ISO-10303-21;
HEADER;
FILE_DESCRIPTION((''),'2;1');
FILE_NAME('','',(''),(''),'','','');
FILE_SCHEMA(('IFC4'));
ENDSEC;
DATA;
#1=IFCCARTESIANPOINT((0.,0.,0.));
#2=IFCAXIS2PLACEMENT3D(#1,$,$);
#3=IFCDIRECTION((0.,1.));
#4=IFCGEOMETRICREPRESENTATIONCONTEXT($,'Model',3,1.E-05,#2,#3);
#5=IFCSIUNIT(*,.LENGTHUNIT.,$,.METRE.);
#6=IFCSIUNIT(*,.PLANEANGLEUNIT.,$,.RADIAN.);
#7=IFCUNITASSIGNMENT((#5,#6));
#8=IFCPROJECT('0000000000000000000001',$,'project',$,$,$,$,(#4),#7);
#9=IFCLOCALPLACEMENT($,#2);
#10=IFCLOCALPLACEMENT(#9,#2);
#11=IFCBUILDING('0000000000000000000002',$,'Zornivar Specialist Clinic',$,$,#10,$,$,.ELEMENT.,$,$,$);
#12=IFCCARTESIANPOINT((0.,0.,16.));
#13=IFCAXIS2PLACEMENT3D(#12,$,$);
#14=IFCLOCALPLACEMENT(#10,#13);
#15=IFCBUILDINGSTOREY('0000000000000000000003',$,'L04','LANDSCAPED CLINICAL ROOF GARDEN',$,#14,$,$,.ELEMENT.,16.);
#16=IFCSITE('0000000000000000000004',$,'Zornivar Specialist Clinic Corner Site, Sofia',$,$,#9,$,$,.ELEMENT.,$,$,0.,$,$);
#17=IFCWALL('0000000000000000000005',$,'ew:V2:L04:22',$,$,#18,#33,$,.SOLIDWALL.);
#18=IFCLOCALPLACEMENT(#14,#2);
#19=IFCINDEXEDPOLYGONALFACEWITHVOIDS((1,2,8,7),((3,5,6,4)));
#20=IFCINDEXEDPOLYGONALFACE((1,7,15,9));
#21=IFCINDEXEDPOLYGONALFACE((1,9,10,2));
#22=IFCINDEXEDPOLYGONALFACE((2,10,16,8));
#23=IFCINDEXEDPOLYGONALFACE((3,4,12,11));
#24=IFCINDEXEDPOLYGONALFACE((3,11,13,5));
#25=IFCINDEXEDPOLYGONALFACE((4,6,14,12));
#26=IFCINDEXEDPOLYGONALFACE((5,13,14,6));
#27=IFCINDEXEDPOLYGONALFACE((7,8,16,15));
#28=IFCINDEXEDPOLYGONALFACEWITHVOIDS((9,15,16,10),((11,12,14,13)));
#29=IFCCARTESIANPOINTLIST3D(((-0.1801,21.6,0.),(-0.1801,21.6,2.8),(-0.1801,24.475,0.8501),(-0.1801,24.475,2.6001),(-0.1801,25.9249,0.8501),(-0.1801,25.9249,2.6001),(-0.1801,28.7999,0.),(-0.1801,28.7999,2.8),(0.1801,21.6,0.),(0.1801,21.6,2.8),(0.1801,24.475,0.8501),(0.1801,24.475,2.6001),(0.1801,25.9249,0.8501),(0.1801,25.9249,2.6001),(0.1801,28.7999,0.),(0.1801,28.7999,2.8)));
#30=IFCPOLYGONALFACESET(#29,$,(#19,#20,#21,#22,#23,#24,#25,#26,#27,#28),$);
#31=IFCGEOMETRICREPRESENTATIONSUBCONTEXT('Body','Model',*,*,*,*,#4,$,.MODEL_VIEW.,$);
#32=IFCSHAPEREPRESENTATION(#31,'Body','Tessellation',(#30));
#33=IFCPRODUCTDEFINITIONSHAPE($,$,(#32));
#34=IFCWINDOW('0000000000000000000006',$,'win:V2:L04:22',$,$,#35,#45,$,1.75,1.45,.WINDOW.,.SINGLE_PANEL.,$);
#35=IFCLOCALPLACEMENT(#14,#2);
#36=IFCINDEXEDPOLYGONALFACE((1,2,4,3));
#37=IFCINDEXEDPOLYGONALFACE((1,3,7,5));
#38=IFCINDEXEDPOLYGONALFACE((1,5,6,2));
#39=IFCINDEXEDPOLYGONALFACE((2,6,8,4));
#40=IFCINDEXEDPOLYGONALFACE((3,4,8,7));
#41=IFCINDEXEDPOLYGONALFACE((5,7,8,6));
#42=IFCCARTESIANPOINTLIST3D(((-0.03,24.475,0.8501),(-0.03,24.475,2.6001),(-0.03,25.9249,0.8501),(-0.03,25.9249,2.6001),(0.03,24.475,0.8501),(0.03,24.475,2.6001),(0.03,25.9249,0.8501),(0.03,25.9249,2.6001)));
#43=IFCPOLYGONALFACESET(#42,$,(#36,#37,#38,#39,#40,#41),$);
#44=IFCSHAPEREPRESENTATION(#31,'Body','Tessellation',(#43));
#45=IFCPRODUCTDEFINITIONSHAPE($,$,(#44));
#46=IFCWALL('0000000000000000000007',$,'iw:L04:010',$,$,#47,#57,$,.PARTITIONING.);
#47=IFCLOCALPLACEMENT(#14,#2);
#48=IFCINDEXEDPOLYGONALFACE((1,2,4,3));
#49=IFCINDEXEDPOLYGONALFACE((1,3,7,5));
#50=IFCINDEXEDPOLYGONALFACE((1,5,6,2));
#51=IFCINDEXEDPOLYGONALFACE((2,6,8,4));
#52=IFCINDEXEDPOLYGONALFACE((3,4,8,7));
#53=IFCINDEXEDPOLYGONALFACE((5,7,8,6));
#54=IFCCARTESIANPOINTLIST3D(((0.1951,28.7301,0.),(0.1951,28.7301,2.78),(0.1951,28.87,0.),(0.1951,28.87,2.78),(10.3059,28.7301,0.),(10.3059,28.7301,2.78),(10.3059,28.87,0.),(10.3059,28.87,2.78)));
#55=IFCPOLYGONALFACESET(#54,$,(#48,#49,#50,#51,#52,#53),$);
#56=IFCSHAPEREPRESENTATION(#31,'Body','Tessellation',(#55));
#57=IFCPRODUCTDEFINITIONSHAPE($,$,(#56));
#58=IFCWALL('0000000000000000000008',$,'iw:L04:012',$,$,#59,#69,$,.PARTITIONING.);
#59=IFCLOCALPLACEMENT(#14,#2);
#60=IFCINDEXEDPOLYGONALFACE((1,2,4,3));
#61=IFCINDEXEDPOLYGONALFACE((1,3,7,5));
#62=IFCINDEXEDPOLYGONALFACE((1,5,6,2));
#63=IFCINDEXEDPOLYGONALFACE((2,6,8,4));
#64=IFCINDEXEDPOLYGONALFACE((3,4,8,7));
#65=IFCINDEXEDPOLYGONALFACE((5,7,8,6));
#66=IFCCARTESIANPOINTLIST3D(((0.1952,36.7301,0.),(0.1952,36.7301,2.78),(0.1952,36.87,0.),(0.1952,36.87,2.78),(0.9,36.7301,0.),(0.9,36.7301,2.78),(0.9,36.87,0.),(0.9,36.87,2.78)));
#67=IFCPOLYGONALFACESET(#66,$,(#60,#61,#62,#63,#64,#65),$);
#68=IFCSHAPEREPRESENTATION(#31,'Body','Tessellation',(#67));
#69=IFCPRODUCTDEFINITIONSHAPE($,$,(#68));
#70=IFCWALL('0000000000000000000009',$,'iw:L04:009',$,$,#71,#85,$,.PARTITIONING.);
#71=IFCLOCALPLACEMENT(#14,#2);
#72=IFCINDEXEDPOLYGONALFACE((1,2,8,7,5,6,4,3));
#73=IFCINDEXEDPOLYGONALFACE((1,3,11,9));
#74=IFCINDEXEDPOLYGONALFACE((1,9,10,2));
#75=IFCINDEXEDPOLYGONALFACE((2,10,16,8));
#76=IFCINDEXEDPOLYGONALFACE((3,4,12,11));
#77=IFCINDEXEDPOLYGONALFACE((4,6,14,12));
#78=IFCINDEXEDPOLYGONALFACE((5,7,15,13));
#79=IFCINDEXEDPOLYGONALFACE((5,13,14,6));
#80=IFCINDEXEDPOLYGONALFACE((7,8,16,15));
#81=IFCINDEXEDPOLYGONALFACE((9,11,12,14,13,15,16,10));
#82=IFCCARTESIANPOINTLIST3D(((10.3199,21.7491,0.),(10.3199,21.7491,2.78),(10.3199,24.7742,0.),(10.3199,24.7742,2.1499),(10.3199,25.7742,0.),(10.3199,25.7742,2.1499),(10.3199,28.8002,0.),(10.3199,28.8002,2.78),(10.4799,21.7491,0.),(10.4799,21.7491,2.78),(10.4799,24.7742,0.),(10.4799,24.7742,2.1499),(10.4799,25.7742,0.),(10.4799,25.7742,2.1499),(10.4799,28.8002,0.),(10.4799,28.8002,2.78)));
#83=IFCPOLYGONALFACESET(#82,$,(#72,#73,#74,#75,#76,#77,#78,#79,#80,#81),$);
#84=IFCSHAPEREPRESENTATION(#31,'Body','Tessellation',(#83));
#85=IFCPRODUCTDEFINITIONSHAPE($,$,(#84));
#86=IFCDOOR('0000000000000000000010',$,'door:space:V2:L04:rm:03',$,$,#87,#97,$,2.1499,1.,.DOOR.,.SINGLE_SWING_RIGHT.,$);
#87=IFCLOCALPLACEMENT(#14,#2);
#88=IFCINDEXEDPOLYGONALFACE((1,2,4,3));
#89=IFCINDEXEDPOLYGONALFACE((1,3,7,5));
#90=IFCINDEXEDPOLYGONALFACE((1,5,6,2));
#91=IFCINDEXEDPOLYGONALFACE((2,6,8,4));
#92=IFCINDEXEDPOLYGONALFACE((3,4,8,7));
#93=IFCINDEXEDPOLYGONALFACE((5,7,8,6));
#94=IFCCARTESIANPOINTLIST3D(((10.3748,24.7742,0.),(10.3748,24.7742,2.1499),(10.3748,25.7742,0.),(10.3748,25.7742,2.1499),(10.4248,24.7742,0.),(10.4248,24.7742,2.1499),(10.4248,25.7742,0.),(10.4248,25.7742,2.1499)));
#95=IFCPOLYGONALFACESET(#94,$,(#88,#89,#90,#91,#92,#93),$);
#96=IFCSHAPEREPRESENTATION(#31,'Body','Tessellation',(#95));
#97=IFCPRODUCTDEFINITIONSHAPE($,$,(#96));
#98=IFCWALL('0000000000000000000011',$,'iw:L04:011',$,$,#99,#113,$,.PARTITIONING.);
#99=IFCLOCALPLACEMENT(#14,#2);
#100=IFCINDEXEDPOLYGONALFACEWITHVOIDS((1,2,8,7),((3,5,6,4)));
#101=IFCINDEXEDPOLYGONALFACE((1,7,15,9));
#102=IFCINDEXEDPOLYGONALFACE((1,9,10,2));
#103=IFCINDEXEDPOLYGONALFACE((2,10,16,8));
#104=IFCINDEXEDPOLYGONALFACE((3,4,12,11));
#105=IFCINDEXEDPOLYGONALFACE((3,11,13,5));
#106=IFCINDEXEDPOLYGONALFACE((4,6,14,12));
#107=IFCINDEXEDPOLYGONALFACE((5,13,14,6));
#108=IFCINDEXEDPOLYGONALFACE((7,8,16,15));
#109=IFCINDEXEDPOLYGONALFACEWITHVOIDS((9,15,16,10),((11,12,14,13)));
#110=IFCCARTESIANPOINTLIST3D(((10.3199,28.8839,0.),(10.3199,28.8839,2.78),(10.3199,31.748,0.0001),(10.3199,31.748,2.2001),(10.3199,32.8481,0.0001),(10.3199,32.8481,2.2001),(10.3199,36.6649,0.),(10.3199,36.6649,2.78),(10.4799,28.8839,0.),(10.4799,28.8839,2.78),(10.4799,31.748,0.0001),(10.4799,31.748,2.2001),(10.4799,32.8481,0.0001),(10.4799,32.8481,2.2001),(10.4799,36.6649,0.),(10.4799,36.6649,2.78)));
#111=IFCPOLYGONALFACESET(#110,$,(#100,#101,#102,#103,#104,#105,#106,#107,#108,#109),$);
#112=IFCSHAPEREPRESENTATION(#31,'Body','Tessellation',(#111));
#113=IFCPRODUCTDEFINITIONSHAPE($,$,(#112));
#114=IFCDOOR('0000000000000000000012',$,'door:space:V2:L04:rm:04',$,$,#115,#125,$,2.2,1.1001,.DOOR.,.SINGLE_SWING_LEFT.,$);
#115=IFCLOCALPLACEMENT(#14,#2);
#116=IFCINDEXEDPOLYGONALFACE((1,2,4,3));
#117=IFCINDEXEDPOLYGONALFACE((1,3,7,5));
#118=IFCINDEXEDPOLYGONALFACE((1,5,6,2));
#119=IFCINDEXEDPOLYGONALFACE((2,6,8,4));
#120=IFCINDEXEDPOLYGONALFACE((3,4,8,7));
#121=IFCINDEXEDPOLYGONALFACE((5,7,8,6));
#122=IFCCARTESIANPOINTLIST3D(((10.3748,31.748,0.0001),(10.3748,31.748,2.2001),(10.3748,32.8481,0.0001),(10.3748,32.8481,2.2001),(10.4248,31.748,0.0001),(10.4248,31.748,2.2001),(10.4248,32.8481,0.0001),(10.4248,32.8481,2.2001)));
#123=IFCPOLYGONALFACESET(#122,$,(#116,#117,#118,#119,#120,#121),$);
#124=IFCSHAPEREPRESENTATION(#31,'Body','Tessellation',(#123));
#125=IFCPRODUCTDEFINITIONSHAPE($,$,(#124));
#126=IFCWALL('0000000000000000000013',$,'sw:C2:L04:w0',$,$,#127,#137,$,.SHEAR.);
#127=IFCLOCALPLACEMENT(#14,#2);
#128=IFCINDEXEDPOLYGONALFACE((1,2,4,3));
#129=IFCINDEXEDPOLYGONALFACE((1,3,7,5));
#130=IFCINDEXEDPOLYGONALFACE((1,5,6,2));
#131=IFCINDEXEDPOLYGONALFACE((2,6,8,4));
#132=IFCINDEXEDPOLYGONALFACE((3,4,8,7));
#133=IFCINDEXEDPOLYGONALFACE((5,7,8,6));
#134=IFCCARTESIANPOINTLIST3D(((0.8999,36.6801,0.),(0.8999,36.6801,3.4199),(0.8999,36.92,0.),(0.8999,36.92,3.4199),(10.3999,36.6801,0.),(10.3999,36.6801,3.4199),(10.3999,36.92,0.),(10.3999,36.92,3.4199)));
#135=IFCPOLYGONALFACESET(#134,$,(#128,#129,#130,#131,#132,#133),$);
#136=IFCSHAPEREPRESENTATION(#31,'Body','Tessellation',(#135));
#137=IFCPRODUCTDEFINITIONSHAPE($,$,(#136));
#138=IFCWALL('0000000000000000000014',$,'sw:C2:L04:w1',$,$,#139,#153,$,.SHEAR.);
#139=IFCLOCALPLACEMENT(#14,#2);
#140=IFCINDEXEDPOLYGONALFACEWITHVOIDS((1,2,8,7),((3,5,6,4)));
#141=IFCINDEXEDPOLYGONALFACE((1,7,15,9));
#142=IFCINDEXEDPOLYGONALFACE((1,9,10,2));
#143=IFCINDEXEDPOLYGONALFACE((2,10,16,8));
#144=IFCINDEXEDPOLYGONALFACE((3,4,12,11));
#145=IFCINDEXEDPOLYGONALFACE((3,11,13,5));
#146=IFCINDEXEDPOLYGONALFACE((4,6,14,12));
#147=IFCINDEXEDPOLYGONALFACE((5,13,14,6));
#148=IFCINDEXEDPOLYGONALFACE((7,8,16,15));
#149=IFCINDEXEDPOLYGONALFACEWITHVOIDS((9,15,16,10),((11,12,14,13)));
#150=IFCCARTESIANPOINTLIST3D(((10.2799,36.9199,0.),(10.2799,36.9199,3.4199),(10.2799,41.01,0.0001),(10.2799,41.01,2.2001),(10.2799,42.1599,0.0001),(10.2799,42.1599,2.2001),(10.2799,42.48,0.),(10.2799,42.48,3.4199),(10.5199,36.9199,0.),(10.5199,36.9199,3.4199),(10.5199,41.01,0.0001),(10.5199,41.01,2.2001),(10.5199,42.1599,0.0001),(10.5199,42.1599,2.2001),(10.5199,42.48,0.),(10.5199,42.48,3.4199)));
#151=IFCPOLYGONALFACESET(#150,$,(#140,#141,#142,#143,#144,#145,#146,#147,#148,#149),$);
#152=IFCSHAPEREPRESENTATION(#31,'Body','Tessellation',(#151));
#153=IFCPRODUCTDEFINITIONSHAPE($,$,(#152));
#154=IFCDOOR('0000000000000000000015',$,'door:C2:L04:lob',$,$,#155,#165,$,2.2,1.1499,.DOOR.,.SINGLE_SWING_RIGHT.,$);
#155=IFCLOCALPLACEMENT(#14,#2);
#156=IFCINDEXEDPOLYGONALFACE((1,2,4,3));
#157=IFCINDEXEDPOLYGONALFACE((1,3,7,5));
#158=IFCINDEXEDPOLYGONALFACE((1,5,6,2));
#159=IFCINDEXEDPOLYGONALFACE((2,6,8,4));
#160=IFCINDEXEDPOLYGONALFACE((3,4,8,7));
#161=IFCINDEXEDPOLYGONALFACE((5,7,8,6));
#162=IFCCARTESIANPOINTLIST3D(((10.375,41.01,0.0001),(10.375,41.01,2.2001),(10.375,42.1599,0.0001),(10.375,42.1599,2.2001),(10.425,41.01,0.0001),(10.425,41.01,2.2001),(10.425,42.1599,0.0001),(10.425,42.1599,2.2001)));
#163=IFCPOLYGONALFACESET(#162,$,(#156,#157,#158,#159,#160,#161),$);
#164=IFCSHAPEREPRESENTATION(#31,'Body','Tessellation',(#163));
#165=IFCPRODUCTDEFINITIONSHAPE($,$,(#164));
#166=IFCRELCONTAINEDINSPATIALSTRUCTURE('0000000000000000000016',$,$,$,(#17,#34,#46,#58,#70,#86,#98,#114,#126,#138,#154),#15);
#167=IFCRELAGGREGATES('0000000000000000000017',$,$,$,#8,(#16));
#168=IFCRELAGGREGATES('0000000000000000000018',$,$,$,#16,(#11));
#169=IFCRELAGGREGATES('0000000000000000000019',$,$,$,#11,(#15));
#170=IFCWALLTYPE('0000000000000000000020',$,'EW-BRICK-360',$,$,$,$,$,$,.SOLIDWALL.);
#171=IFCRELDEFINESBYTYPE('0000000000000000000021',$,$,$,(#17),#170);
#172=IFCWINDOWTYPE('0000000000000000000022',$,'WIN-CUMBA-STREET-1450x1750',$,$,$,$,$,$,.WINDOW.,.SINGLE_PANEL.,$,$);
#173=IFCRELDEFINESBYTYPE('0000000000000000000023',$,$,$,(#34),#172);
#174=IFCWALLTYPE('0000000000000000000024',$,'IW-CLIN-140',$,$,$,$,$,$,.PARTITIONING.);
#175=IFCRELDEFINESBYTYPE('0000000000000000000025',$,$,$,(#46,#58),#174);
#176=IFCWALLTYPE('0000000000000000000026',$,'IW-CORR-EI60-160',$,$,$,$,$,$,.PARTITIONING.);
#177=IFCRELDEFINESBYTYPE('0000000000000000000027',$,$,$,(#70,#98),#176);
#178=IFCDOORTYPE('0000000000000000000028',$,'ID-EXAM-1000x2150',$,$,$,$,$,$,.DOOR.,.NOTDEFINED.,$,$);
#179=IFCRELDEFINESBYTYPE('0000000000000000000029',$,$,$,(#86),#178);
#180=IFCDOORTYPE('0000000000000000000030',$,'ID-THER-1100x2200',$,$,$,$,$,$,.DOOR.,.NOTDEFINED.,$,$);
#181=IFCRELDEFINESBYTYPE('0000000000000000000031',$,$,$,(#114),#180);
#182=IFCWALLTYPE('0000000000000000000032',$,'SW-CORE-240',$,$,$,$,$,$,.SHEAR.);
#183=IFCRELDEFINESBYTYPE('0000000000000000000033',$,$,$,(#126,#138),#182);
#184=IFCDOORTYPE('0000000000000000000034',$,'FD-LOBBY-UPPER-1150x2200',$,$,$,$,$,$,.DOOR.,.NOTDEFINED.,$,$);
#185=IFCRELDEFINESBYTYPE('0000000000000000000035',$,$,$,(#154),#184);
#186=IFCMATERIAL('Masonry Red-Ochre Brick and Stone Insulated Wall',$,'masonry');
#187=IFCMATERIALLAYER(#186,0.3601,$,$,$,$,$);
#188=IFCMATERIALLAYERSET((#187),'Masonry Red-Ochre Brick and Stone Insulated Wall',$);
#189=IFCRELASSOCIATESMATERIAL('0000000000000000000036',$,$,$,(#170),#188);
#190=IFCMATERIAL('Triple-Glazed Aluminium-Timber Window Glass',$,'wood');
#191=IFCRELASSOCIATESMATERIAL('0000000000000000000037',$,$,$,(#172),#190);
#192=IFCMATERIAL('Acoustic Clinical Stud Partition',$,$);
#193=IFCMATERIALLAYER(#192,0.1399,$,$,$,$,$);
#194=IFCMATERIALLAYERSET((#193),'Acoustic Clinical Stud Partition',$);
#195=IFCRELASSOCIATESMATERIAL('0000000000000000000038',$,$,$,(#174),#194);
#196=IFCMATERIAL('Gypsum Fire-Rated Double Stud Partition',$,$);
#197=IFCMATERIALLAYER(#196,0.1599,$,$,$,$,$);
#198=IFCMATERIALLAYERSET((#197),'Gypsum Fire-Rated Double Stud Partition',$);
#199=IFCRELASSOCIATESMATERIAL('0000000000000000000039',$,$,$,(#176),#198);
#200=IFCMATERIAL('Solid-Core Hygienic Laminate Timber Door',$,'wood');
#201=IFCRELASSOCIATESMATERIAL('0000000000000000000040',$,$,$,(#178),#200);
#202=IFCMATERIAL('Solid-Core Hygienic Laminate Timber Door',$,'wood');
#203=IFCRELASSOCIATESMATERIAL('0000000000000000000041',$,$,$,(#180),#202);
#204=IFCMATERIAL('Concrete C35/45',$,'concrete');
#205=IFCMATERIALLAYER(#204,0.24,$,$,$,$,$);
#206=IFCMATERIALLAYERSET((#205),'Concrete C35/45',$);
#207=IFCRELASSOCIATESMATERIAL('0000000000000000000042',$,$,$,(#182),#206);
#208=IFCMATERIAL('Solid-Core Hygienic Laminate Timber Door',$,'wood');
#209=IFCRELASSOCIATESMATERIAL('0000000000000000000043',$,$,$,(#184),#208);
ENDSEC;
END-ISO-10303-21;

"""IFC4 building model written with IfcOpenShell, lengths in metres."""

from ifc_helpers import new_model, si_unit, direction, frame, frame_2d, origin, place, context, subcontext, project, spatial, rectangle, extrude, material, layer, layer_set, type_object, element, fill, save


model = new_model("IFC4")

# Units and contexts
model_context = context("Model", 3, precision=1e-05, world=origin(), true_north=direction((0.0, 1.0)))
body_context = subcontext(model_context, "Body", "Model", "MODEL_VIEW")
ifc_project = project(units=[si_unit("LENGTHUNIT", "METRE"), si_unit("PLANEANGLEUNIT", "RADIAN")], contexts=[model_context])

# Site, building, storey
site_placement = place(None, origin())
site = spatial("IfcSite", under=ifc_project, at=site_placement, Name="Zornivar Specialist Clinic Corner Site, Sofia", CompositionType="ELEMENT", RefElevation=0.0)
building_placement = place(site_placement, origin())
building = spatial("IfcBuilding", under=site, at=building_placement, Name="Zornivar Specialist Clinic", CompositionType="ELEMENT")
storey_placement = place(building_placement, frame((0.0, 0.0, 16.0)))
storey = spatial("IfcBuildingStorey", under=building, at=storey_placement, Name="L04", Description="LANDSCAPED CLINICAL ROOF GARDEN", CompositionType="ELEMENT", Elevation=16.0)

# Wall, opening, window
ifc_material_1 = material(Name="Masonry Red-Ochre Brick and Stone Insulated Wall", Category="masonry")
ifc_layer_1 = layer(ifc_material_1, 0.3601)
ifc_layer_set_1 = layer_set([ifc_layer_1], Name="Masonry Red-Ochre Brick and Stone Insulated Wall")
wall_type_1 = type_object("IfcWallType", Name="EW-BRICK-360", PredefinedType="SOLIDWALL", material=ifc_layer_set_1)
ifc_material_2 = material(Name="Triple-Glazed Aluminium-Timber Window Glass", Category="wood")
window_type = type_object("IfcWindowType", Name="WIN-CUMBA-STREET-1450x1750", PartitioningType="SINGLE_PANEL", PredefinedType="WINDOW", material=ifc_material_2)
wall_1_placement = place(storey_placement, frame((0.0, 28.8, 0.0), z_axis=(0.0, 0.0, 1.0), x_axis=(0.0, -1.0, 0.0)))
wall_1 = element("IfcWall", 1, at=wall_1_placement, inside=storey, type_object=wall_type_1, Name="ew:V2:L04:22", PredefinedType="SOLIDWALL", context=body_context, shape_type="SweptSolid", body=[
    extrude(rectangle(XDim=7.2, YDim=0.3601, at=frame_2d((3.6001, 0.0))), origin(), (0.0, 0.0, 1.0), 2.8),
])
opening_1_placement = place(wall_1_placement, frame((2.875, 0.0, 0.8501)))
opening_1 = element("IfcOpeningElement", 2, at=opening_1_placement, cuts=wall_1, PredefinedType="OPENING", context=body_context, shape_type="SweptSolid", body=[
    extrude(rectangle(XDim=1.45, YDim=1.75, at=frame_2d((0.7251, 0.875))), frame((0.0, 0.1899, 0.0), z_axis=(0.0, -1.0, 0.0), x_axis=(1.0, 0.0, 0.0)), (0.0, 0.0, 1.0), 0.3801),
])
window_1_placement = place(opening_1_placement, origin())
window_1 = element("IfcWindow", 3, at=window_1_placement, inside=storey, type_object=window_type, Name="win:V2:L04:22", OverallHeight=1.75, OverallWidth=1.45, PartitioningType="SINGLE_PANEL", PredefinedType="WINDOW", context=body_context, shape_type="SweptSolid", body=[
    extrude(rectangle(XDim=1.45, YDim=1.75, at=frame_2d((0.7251, 0.875))), frame((0.0, 0.03, 0.0), z_axis=(0.0, -1.0, 0.0), x_axis=(1.0, 0.0, 0.0)), (0.0, 0.0, 1.0), 0.0601),
])
fill(opening_1, window_1)

# Walls
ifc_material_3 = material(Name="Acoustic Clinical Stud Partition")
ifc_layer_2 = layer(ifc_material_3, 0.1399)
ifc_layer_set_2 = layer_set([ifc_layer_2], Name="Acoustic Clinical Stud Partition")
wall_type_2 = type_object("IfcWallType", Name="IW-CLIN-140", PredefinedType="PARTITIONING", material=ifc_layer_set_2)
wall_2_placement = place(storey_placement, frame((0.1951, 28.8, 0.0), z_axis=(0.0, 0.0, 1.0), x_axis=(1.0, 0.0, 0.0)))
element("IfcWall", 4, at=wall_2_placement, inside=storey, type_object=wall_type_2, Name="iw:L04:010", PredefinedType="PARTITIONING", context=body_context, shape_type="SweptSolid", body=[
    extrude(rectangle(XDim=10.1108, YDim=0.1399, at=frame_2d((5.0554, 0.0))), origin(), (0.0, 0.0, 1.0), 2.78),
])
wall_3_placement = place(storey_placement, frame((0.1951, 36.8, 0.0), z_axis=(0.0, 0.0, 1.0), x_axis=(1.0, 0.0, 0.0)))
element("IfcWall", 5, at=wall_3_placement, inside=storey, type_object=wall_type_2, Name="iw:L04:012", PredefinedType="PARTITIONING", context=body_context, shape_type="SweptSolid", body=[
    extrude(rectangle(XDim=0.7048, YDim=0.1399, at=frame_2d((0.3525, 0.0))), origin(), (0.0, 0.0, 1.0), 2.78),
])

# Walls, openings, doors
ifc_material_4 = material(Name="Gypsum Fire-Rated Double Stud Partition")
ifc_layer_3 = layer(ifc_material_4, 0.1599)
ifc_layer_set_3 = layer_set([ifc_layer_3], Name="Gypsum Fire-Rated Double Stud Partition")
wall_type_3 = type_object("IfcWallType", Name="IW-CORR-EI60-160", PredefinedType="PARTITIONING", material=ifc_layer_set_3)
wall_4_placement = place(storey_placement, frame((10.3999, 28.8, 0.0), z_axis=(0.0, 0.0, 1.0), x_axis=(0.0, -1.0, 0.0)))
wall_4 = element("IfcWall", 6, at=wall_4_placement, inside=storey, type_object=wall_type_3, Name="iw:L04:009", PredefinedType="PARTITIONING", context=body_context, shape_type="SweptSolid", body=[
    extrude(rectangle(XDim=7.051, YDim=0.1599, at=frame_2d((3.5254, 0.0))), origin(), (0.0, 0.0, 1.0), 2.78),
])
opening_2_placement = place(wall_4_placement, frame((3.0259, 0.0, 0.0)))
opening_2 = element("IfcOpeningElement", 7, at=opening_2_placement, cuts=wall_4, PredefinedType="OPENING", context=body_context, shape_type="SweptSolid", body=[
    extrude(rectangle(XDim=1.0, YDim=2.1499, at=frame_2d((0.5, 1.075))), frame((0.0, 0.0898, 0.0), z_axis=(0.0, -1.0, 0.0), x_axis=(1.0, 0.0, 0.0)), (0.0, 0.0, 1.0), 0.1799),
])
ifc_material_5 = material(Name="Solid-Core Hygienic Laminate Timber Door", Category="wood")
door_type_1 = type_object("IfcDoorType", Name="ID-EXAM-1000x2150", OperationType="NOTDEFINED", PredefinedType="DOOR", material=ifc_material_5)
door_1_placement = place(opening_2_placement, origin())
door_1 = element("IfcDoor", 8, at=door_1_placement, inside=storey, type_object=door_type_1, Name="door:space:V2:L04:rm:03", OperationType="SINGLE_SWING_RIGHT", OverallHeight=2.1499, OverallWidth=1.0, PredefinedType="DOOR", context=body_context, shape_type="SweptSolid", body=[
    extrude(rectangle(XDim=1.0, YDim=2.1499, at=frame_2d((0.5, 1.075))), frame((0.0, 0.0249, 0.0), z_axis=(0.0, -1.0, 0.0), x_axis=(1.0, 0.0, 0.0)), (0.0, 0.0, 1.0), 0.05),
])
fill(opening_2, door_1)
wall_5_placement = place(storey_placement, frame((10.3999, 36.665, 0.0), z_axis=(0.0, 0.0, 1.0), x_axis=(0.0, -1.0, 0.0)))
wall_5 = element("IfcWall", 9, at=wall_5_placement, inside=storey, type_object=wall_type_3, Name="iw:L04:011", PredefinedType="PARTITIONING", context=body_context, shape_type="SweptSolid", body=[
    extrude(rectangle(XDim=7.781, YDim=0.1599, at=frame_2d((3.8906, 0.0))), origin(), (0.0, 0.0, 1.0), 2.78),
])
opening_3_placement = place(wall_5_placement, frame((3.8169, 0.0, 0.0)))
opening_3 = element("IfcOpeningElement", 10, at=opening_3_placement, cuts=wall_5, PredefinedType="OPENING", context=body_context, shape_type="SweptSolid", body=[
    extrude(rectangle(XDim=1.1001, YDim=2.2, at=frame_2d((0.55, 1.1001))), frame((0.0, 0.0898, 0.0), z_axis=(0.0, -1.0, 0.0), x_axis=(1.0, 0.0, 0.0)), (0.0, 0.0, 1.0), 0.1799),
])
ifc_material_6 = material(Name="Solid-Core Hygienic Laminate Timber Door", Category="wood")
door_type_2 = type_object("IfcDoorType", Name="ID-THER-1100x2200", OperationType="NOTDEFINED", PredefinedType="DOOR", material=ifc_material_6)
door_2_placement = place(opening_3_placement, origin())
door_2 = element("IfcDoor", 11, at=door_2_placement, inside=storey, type_object=door_type_2, Name="door:space:V2:L04:rm:04", OperationType="SINGLE_SWING_LEFT", OverallHeight=2.2, OverallWidth=1.1001, PredefinedType="DOOR", context=body_context, shape_type="SweptSolid", body=[
    extrude(rectangle(XDim=1.1001, YDim=2.2, at=frame_2d((0.55, 1.1001))), frame((0.0, 0.0249, 0.0), z_axis=(0.0, -1.0, 0.0), x_axis=(1.0, 0.0, 0.0)), (0.0, 0.0, 1.0), 0.05),
])
fill(opening_3, door_2)

# Wall
ifc_material_7 = material(Name="Concrete C35/45", Category="concrete")
ifc_layer_4 = layer(ifc_material_7, 0.24)
ifc_layer_set_4 = layer_set([ifc_layer_4], Name="Concrete C35/45")
wall_type_4 = type_object("IfcWallType", Name="SW-CORE-240", PredefinedType="SHEAR", material=ifc_layer_set_4)
wall_6_placement = place(storey_placement, frame((0.8999, 36.8, 0.0), z_axis=(0.0, 0.0, 1.0), x_axis=(1.0, 0.0, 0.0)))
element("IfcWall", 12, at=wall_6_placement, inside=storey, type_object=wall_type_4, Name="sw:C2:L04:w0", PredefinedType="SHEAR", context=body_context, shape_type="SweptSolid", body=[
    extrude(rectangle(XDim=9.5, YDim=0.24, at=frame_2d((4.75, 0.0))), origin(), (0.0, 0.0, 1.0), 3.4199),
])

# Wall, opening, door
wall_7_placement = place(storey_placement, frame((10.3999, 36.9199, 0.0), z_axis=(0.0, 0.0, 1.0), x_axis=(0.0, 1.0, 0.0)))
wall_7 = element("IfcWall", 13, at=wall_7_placement, inside=storey, type_object=wall_type_4, Name="sw:C2:L04:w1", PredefinedType="SHEAR", context=body_context, shape_type="SweptSolid", body=[
    extrude(rectangle(XDim=5.5601, YDim=0.24, at=frame_2d((2.78, 0.0))), origin(), (0.0, 0.0, 1.0), 3.4199),
])
opening_4_placement = place(wall_7_placement, frame((4.0901, 0.0, 0.0)))
opening_4 = element("IfcOpeningElement", 14, at=opening_4_placement, cuts=wall_7, PredefinedType="OPENING", context=body_context, shape_type="SweptSolid", body=[
    extrude(rectangle(XDim=1.1499, YDim=2.2, at=frame_2d((0.575, 1.1001))), frame((0.0, 0.1299, 0.0), z_axis=(0.0, -1.0, 0.0), x_axis=(1.0, 0.0, 0.0)), (0.0, 0.0, 1.0), 0.26),
])
ifc_material_8 = material(Name="Solid-Core Hygienic Laminate Timber Door", Category="wood")
door_type_3 = type_object("IfcDoorType", Name="FD-LOBBY-UPPER-1150x2200", OperationType="NOTDEFINED", PredefinedType="DOOR", material=ifc_material_8)
door_3_placement = place(opening_4_placement, origin())
door_3 = element("IfcDoor", 15, at=door_3_placement, inside=storey, type_object=door_type_3, Name="door:C2:L04:lob", OperationType="SINGLE_SWING_RIGHT", OverallHeight=2.2, OverallWidth=1.1499, PredefinedType="DOOR", context=body_context, shape_type="SweptSolid", body=[
    extrude(rectangle(XDim=1.1499, YDim=2.2, at=frame_2d((0.575, 1.1001))), frame((0.0, 0.0249, 0.0), z_axis=(0.0, -1.0, 0.0), x_axis=(1.0, 0.0, 0.0)), (0.0, 0.0, 1.0), 0.05),
])
fill(opening_4, door_3)

save(model, "model.ifc")
